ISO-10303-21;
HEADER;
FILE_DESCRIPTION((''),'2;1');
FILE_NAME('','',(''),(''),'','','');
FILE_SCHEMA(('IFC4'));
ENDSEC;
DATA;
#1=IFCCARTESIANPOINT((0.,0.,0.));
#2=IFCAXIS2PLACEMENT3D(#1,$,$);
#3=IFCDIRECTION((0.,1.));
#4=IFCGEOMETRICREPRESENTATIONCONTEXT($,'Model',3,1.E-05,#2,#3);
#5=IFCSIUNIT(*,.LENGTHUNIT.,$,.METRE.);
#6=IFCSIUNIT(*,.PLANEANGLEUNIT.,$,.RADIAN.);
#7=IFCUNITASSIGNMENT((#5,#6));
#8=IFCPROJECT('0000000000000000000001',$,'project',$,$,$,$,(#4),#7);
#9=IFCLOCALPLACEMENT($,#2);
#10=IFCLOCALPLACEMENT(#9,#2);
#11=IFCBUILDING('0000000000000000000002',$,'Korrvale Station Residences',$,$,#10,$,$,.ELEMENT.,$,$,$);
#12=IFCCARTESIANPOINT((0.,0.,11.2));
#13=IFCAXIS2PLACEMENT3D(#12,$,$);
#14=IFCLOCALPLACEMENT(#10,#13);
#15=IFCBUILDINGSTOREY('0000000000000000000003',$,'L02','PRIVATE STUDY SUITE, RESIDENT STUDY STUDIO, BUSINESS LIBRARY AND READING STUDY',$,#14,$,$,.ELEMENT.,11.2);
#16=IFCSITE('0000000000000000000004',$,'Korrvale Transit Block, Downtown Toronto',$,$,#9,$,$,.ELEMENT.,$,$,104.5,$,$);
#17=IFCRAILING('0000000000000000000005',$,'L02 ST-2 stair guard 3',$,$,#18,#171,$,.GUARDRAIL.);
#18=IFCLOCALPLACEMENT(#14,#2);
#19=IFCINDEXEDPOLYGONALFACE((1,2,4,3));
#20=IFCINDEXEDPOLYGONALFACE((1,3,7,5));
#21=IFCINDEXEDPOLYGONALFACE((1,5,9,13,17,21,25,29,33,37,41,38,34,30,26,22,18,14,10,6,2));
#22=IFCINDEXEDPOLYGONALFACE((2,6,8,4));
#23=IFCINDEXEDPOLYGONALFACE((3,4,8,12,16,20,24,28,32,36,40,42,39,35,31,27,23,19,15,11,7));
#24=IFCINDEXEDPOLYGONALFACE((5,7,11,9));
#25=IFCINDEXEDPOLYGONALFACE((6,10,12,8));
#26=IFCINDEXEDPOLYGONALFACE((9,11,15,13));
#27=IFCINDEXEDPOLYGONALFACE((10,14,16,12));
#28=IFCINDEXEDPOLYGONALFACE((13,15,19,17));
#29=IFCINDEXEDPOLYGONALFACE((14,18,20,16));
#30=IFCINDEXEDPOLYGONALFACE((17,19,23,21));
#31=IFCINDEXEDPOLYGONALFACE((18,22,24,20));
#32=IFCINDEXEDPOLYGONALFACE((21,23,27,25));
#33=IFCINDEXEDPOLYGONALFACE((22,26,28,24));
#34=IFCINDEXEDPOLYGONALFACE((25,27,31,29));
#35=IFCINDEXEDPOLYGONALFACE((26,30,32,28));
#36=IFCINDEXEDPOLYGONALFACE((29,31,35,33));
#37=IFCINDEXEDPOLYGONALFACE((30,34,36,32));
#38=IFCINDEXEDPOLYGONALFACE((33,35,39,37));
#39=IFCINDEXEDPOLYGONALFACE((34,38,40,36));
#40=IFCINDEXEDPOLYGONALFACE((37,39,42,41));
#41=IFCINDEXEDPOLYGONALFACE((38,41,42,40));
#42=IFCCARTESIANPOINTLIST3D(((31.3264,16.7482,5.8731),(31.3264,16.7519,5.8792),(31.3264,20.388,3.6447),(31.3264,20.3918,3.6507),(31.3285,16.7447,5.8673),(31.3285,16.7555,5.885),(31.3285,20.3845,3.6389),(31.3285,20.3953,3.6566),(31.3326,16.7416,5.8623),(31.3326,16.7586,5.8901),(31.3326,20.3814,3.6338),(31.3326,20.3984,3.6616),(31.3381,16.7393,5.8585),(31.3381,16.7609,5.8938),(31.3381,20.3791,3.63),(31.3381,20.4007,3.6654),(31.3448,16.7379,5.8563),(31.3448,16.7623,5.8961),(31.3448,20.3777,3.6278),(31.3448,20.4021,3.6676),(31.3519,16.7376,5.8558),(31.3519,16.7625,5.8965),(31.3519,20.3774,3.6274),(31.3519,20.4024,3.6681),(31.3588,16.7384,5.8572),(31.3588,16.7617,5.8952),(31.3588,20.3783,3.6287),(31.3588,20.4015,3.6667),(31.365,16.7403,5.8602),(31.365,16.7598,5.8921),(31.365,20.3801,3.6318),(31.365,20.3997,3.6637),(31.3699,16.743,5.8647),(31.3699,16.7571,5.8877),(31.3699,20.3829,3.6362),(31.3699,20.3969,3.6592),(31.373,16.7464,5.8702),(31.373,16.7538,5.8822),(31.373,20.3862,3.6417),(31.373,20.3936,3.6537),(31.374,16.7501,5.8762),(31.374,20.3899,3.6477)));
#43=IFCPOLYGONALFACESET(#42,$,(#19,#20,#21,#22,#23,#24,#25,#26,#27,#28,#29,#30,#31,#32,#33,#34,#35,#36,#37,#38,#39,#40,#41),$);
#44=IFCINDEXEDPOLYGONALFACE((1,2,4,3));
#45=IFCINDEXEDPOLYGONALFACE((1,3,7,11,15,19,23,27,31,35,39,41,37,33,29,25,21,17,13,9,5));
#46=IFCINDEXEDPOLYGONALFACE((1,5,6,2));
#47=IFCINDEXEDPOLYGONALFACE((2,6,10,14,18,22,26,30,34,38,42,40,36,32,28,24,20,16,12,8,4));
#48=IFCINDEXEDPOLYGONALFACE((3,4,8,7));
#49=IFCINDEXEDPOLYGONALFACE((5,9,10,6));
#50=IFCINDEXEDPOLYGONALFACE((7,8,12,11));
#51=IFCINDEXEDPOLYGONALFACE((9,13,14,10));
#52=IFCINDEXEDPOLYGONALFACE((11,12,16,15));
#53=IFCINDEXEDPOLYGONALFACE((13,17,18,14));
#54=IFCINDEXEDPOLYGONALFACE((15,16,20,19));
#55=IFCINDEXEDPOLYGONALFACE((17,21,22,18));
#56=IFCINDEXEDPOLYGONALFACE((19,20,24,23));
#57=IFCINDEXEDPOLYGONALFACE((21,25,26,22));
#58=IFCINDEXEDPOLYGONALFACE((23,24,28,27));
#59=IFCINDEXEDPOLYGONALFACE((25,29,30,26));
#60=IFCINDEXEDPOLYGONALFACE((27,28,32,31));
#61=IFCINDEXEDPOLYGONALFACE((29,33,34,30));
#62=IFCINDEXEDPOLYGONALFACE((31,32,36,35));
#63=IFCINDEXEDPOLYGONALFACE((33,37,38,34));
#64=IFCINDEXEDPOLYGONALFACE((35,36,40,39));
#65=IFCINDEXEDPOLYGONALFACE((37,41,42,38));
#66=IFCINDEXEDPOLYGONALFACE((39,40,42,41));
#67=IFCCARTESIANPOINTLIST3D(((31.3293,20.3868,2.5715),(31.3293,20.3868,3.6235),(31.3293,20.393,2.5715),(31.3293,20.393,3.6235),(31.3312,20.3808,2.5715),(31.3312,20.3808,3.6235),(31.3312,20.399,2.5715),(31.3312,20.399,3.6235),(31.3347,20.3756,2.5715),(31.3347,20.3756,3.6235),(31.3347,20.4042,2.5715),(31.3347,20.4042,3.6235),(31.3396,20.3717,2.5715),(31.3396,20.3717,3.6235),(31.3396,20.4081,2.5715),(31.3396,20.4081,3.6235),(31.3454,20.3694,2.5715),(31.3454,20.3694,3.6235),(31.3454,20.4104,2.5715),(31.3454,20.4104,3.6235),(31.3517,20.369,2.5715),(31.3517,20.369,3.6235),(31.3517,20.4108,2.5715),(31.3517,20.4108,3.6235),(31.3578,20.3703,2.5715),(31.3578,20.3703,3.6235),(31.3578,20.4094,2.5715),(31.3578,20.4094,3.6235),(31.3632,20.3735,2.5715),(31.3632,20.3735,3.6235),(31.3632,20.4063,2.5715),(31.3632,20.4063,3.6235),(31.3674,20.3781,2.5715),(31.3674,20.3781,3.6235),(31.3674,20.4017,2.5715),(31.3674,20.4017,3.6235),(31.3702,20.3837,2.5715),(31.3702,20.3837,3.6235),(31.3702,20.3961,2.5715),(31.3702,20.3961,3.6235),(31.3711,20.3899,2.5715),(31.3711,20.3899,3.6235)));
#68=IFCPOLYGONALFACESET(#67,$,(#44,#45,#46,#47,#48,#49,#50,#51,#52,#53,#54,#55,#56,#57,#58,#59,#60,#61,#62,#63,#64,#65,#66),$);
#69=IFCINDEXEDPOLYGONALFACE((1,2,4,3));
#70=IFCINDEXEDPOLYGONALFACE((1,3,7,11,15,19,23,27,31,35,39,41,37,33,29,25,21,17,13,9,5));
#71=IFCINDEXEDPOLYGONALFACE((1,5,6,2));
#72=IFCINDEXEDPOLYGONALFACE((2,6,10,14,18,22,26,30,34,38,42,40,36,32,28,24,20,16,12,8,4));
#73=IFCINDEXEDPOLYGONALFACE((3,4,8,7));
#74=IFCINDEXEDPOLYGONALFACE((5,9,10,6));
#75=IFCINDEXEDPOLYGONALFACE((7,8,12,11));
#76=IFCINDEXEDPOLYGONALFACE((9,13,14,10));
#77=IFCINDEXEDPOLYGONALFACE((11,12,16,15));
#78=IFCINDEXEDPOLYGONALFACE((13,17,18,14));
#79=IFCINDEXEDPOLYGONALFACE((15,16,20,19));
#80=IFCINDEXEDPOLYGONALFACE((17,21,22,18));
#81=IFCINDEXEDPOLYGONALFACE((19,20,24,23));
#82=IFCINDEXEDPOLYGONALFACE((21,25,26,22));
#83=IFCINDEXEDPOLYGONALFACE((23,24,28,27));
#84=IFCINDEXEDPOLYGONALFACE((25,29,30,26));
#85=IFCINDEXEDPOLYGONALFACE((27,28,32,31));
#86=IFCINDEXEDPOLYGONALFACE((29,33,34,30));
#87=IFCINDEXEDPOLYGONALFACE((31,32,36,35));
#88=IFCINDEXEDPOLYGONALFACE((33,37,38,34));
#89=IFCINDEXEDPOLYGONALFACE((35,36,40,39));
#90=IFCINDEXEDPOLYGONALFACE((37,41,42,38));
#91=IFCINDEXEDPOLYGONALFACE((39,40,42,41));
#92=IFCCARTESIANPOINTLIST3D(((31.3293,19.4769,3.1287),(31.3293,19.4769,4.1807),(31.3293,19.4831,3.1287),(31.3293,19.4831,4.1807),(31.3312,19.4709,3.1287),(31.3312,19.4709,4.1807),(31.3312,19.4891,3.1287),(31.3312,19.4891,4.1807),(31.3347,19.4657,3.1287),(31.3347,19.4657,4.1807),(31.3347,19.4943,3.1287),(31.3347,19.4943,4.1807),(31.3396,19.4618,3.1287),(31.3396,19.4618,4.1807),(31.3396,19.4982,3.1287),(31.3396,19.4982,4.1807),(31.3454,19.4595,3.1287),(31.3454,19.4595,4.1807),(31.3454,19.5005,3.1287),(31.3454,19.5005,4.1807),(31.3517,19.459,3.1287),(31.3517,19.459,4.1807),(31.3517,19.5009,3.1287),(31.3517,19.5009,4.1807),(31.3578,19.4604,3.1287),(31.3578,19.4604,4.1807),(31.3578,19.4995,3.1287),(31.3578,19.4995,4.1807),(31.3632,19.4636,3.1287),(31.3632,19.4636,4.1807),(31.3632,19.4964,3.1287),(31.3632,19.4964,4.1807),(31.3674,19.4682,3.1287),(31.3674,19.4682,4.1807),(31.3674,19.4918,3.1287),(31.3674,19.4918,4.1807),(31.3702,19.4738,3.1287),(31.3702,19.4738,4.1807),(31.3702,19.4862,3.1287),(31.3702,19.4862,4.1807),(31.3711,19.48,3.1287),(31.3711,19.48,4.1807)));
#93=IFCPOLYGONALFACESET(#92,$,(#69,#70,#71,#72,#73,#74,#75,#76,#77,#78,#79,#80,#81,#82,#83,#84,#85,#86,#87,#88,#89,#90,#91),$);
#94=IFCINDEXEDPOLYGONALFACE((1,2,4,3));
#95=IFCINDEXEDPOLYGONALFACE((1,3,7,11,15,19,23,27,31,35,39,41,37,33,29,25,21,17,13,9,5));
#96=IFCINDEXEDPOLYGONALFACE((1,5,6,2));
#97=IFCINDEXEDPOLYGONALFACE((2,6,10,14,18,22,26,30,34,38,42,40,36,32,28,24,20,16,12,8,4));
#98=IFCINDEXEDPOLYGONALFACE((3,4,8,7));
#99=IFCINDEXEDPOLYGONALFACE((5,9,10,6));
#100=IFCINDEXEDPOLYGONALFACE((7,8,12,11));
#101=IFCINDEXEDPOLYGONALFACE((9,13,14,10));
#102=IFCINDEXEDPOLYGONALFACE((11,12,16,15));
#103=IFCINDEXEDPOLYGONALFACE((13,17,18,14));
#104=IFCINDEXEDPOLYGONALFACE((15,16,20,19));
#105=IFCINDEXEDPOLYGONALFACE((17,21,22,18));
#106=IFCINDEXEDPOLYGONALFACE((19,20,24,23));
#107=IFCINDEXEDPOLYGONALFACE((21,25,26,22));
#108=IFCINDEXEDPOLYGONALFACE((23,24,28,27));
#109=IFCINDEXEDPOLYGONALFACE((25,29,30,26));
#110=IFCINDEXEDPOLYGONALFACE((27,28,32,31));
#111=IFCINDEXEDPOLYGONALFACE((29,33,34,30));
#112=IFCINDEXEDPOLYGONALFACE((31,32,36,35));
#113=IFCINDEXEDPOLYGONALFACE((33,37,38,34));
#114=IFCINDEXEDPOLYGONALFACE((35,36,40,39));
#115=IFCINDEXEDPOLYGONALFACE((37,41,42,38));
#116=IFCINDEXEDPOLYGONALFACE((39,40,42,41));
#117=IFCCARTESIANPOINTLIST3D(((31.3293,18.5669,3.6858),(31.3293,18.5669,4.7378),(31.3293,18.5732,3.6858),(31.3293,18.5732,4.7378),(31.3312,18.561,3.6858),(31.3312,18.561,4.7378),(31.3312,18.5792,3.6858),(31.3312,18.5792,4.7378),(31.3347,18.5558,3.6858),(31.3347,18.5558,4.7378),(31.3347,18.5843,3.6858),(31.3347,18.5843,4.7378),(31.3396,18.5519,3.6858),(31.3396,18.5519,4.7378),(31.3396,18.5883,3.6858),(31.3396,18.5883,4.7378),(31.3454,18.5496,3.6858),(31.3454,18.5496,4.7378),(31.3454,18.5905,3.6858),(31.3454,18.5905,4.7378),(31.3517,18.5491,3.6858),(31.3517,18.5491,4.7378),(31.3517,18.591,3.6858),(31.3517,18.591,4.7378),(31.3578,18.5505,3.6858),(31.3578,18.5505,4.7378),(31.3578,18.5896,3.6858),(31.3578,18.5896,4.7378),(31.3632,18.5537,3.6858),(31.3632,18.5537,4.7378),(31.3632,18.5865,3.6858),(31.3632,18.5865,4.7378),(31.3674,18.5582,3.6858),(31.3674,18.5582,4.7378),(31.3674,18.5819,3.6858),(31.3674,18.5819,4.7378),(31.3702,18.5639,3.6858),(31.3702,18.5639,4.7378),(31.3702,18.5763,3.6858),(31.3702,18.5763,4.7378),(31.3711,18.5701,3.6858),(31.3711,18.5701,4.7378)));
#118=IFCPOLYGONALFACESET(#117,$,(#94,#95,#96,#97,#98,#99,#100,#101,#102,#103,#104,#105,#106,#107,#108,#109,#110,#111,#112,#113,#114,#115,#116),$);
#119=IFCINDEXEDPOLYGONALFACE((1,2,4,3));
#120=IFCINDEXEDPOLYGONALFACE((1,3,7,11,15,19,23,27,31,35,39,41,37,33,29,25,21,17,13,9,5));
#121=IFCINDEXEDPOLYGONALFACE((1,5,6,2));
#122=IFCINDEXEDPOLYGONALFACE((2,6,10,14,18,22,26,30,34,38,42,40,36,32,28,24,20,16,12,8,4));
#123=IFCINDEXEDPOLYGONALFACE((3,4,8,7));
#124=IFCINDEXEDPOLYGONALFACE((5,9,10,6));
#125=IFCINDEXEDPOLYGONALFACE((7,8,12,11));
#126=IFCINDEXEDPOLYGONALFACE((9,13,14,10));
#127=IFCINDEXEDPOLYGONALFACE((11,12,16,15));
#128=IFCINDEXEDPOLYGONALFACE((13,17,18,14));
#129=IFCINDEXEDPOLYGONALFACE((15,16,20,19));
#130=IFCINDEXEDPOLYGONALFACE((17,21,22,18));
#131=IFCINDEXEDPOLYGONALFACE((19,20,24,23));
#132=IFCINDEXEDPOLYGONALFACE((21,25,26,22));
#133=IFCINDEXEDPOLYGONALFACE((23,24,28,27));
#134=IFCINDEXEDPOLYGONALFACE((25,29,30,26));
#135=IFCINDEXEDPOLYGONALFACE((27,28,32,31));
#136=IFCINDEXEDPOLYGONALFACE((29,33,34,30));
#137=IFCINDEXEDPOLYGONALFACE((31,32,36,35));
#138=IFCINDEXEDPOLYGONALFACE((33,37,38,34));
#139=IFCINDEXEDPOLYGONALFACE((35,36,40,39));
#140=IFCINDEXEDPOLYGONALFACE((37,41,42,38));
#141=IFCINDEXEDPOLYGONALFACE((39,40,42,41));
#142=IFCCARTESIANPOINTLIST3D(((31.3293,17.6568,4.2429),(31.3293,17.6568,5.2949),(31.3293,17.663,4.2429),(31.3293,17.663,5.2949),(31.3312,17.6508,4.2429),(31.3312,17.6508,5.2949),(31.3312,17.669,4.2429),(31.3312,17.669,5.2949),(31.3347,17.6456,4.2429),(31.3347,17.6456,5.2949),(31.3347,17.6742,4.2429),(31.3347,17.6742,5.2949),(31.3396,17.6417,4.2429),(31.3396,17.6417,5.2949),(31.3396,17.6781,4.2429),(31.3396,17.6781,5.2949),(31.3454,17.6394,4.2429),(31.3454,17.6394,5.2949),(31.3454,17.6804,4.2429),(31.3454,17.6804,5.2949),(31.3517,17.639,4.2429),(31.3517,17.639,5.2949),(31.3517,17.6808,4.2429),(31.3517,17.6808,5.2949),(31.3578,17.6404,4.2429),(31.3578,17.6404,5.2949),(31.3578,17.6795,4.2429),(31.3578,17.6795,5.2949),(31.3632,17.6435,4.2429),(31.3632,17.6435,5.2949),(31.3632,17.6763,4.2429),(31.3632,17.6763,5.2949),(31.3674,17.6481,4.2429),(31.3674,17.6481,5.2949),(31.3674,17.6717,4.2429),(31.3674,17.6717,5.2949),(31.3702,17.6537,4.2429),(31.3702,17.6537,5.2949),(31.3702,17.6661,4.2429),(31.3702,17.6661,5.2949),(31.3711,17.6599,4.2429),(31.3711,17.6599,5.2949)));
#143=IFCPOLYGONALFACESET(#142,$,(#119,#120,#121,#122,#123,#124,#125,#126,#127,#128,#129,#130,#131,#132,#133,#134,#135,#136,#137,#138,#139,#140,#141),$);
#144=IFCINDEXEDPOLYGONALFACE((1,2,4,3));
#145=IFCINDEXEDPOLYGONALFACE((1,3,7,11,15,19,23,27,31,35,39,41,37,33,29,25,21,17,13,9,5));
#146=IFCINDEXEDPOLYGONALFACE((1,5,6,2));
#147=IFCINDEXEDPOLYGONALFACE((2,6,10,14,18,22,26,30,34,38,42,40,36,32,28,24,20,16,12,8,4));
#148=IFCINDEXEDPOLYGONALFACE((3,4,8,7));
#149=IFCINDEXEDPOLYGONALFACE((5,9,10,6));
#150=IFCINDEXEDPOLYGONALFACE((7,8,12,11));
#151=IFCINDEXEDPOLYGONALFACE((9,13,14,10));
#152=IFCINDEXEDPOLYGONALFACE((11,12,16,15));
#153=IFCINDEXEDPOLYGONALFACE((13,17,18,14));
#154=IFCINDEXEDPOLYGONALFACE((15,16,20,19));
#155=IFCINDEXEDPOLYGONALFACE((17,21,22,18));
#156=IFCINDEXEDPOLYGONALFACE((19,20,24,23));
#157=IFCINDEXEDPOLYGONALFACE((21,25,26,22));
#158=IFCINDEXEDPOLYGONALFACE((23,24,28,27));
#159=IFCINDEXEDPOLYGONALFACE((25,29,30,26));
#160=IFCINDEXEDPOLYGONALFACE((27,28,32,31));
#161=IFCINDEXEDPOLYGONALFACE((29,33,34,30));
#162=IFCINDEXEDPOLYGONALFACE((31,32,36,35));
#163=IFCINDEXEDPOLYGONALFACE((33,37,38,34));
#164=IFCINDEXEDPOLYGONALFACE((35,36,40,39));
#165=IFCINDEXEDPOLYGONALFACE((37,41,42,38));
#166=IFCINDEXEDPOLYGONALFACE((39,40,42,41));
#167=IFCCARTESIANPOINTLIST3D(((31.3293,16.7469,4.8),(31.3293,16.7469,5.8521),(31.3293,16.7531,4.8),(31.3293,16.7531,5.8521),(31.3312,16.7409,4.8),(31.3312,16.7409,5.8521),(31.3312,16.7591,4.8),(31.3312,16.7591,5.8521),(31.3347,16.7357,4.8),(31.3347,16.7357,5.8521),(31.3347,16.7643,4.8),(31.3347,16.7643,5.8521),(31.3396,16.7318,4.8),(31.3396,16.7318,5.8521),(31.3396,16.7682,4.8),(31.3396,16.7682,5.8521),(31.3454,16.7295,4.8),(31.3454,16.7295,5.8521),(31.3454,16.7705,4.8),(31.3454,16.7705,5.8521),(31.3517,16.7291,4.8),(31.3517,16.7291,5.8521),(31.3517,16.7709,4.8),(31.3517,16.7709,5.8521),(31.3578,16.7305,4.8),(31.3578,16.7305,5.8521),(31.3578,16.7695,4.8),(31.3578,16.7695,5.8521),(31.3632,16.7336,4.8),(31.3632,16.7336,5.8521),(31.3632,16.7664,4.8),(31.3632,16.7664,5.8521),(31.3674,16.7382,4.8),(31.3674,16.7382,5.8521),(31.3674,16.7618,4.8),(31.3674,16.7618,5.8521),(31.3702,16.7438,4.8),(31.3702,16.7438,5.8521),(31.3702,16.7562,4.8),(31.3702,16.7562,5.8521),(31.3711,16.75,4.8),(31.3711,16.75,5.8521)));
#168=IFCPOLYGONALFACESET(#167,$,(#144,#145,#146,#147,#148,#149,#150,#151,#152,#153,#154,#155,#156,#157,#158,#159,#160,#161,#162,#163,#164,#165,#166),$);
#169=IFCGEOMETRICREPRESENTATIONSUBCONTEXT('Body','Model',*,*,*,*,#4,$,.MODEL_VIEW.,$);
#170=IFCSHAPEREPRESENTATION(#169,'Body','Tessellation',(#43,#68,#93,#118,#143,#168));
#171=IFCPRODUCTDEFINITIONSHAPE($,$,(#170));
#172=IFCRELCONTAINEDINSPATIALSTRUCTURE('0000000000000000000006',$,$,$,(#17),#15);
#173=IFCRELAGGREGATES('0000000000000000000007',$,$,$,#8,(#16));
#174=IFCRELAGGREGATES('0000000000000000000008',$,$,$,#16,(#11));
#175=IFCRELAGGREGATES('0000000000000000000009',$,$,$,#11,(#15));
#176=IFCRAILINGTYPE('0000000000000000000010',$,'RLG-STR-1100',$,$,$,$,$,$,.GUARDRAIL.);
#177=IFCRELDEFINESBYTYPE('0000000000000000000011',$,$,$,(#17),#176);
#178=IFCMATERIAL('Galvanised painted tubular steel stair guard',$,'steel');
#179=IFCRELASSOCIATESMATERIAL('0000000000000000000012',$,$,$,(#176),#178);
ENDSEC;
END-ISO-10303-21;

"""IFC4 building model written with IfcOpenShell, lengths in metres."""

from ifc_helpers import new_model, si_unit, direction, frame, origin, origin_2d, place, context, subcontext, project, spatial, circle, extrude, material, type_object, element, save


model = new_model("IFC4")

# Units and contexts
model_context = context("Model", 3, precision=1e-05, world=origin(), true_north=direction((0.0, 1.0)))
body_context = subcontext(model_context, "Body", "Model", "MODEL_VIEW")
ifc_project = project(units=[si_unit("LENGTHUNIT", "METRE"), si_unit("PLANEANGLEUNIT", "RADIAN")], contexts=[model_context])

# Site, building, storey
site_placement = place(None, origin())
site = spatial("IfcSite", under=ifc_project, at=site_placement, Name="Korrvale Transit Block, Downtown Toronto", CompositionType="ELEMENT", RefElevation=104.5)
building_placement = place(site_placement, origin())
building = spatial("IfcBuilding", under=site, at=building_placement, Name="Korrvale Station Residences", CompositionType="ELEMENT")
storey_placement = place(building_placement, frame((0.0, 0.0, 11.2)))
storey = spatial("IfcBuildingStorey", under=building, at=storey_placement, Name="L02", Description="PRIVATE STUDY SUITE, RESIDENT STUDY STUDIO, BUSINESS LIBRARY AND READING STUDY", CompositionType="ELEMENT", Elevation=11.2)

# Railing
ifc_material_1 = material(Name="Galvanised painted tubular steel stair guard", Category="steel")
railing_type_1 = type_object("IfcRailingType", Name="RLG-STR-1100", PredefinedType="GUARDRAIL", material=ifc_material_1)
for number, where, name in (
    (1, (31.3501, 20.3899, 2.5715), "L02 ST-2 stair guard 3"),
):
    element("IfcRailing", number, at=place(storey_placement, frame(where)), inside=storey, type_object=railing_type_1, Name=name, PredefinedType="GUARDRAIL", context=body_context, shape_type="SweptSolid", body=[
        extrude(circle(Radius=0.0239, at=origin_2d()), frame((0.0, 0.0, 1.0762), z_axis=(0.0, -0.85285, 0.522156), x_axis=(1.0, 0.0, 0.0)), (0.0, 0.0, 1.0), 4.2678),
        extrude(circle(Radius=0.021, at=origin_2d()), origin(), (0.0, 0.0, 1.0), 1.052),
        extrude(circle(Radius=0.021, at=origin_2d()), frame((0.0, -0.9099, 0.5571)), (0.0, 0.0, 1.0), 1.052),
        extrude(circle(Radius=0.021, at=origin_2d()), frame((0.0, -1.8198, 1.1143)), (0.0, 0.0, 1.0), 1.052),
        extrude(circle(Radius=0.021, at=origin_2d()), frame((0.0, -2.73, 1.6714)), (0.0, 0.0, 1.0), 1.052),
        extrude(circle(Radius=0.021, at=origin_2d()), frame((0.0, -3.6399, 2.2285)), (0.0, 0.0, 1.0), 1.052),
    ])

save(model, "model.ifc")
